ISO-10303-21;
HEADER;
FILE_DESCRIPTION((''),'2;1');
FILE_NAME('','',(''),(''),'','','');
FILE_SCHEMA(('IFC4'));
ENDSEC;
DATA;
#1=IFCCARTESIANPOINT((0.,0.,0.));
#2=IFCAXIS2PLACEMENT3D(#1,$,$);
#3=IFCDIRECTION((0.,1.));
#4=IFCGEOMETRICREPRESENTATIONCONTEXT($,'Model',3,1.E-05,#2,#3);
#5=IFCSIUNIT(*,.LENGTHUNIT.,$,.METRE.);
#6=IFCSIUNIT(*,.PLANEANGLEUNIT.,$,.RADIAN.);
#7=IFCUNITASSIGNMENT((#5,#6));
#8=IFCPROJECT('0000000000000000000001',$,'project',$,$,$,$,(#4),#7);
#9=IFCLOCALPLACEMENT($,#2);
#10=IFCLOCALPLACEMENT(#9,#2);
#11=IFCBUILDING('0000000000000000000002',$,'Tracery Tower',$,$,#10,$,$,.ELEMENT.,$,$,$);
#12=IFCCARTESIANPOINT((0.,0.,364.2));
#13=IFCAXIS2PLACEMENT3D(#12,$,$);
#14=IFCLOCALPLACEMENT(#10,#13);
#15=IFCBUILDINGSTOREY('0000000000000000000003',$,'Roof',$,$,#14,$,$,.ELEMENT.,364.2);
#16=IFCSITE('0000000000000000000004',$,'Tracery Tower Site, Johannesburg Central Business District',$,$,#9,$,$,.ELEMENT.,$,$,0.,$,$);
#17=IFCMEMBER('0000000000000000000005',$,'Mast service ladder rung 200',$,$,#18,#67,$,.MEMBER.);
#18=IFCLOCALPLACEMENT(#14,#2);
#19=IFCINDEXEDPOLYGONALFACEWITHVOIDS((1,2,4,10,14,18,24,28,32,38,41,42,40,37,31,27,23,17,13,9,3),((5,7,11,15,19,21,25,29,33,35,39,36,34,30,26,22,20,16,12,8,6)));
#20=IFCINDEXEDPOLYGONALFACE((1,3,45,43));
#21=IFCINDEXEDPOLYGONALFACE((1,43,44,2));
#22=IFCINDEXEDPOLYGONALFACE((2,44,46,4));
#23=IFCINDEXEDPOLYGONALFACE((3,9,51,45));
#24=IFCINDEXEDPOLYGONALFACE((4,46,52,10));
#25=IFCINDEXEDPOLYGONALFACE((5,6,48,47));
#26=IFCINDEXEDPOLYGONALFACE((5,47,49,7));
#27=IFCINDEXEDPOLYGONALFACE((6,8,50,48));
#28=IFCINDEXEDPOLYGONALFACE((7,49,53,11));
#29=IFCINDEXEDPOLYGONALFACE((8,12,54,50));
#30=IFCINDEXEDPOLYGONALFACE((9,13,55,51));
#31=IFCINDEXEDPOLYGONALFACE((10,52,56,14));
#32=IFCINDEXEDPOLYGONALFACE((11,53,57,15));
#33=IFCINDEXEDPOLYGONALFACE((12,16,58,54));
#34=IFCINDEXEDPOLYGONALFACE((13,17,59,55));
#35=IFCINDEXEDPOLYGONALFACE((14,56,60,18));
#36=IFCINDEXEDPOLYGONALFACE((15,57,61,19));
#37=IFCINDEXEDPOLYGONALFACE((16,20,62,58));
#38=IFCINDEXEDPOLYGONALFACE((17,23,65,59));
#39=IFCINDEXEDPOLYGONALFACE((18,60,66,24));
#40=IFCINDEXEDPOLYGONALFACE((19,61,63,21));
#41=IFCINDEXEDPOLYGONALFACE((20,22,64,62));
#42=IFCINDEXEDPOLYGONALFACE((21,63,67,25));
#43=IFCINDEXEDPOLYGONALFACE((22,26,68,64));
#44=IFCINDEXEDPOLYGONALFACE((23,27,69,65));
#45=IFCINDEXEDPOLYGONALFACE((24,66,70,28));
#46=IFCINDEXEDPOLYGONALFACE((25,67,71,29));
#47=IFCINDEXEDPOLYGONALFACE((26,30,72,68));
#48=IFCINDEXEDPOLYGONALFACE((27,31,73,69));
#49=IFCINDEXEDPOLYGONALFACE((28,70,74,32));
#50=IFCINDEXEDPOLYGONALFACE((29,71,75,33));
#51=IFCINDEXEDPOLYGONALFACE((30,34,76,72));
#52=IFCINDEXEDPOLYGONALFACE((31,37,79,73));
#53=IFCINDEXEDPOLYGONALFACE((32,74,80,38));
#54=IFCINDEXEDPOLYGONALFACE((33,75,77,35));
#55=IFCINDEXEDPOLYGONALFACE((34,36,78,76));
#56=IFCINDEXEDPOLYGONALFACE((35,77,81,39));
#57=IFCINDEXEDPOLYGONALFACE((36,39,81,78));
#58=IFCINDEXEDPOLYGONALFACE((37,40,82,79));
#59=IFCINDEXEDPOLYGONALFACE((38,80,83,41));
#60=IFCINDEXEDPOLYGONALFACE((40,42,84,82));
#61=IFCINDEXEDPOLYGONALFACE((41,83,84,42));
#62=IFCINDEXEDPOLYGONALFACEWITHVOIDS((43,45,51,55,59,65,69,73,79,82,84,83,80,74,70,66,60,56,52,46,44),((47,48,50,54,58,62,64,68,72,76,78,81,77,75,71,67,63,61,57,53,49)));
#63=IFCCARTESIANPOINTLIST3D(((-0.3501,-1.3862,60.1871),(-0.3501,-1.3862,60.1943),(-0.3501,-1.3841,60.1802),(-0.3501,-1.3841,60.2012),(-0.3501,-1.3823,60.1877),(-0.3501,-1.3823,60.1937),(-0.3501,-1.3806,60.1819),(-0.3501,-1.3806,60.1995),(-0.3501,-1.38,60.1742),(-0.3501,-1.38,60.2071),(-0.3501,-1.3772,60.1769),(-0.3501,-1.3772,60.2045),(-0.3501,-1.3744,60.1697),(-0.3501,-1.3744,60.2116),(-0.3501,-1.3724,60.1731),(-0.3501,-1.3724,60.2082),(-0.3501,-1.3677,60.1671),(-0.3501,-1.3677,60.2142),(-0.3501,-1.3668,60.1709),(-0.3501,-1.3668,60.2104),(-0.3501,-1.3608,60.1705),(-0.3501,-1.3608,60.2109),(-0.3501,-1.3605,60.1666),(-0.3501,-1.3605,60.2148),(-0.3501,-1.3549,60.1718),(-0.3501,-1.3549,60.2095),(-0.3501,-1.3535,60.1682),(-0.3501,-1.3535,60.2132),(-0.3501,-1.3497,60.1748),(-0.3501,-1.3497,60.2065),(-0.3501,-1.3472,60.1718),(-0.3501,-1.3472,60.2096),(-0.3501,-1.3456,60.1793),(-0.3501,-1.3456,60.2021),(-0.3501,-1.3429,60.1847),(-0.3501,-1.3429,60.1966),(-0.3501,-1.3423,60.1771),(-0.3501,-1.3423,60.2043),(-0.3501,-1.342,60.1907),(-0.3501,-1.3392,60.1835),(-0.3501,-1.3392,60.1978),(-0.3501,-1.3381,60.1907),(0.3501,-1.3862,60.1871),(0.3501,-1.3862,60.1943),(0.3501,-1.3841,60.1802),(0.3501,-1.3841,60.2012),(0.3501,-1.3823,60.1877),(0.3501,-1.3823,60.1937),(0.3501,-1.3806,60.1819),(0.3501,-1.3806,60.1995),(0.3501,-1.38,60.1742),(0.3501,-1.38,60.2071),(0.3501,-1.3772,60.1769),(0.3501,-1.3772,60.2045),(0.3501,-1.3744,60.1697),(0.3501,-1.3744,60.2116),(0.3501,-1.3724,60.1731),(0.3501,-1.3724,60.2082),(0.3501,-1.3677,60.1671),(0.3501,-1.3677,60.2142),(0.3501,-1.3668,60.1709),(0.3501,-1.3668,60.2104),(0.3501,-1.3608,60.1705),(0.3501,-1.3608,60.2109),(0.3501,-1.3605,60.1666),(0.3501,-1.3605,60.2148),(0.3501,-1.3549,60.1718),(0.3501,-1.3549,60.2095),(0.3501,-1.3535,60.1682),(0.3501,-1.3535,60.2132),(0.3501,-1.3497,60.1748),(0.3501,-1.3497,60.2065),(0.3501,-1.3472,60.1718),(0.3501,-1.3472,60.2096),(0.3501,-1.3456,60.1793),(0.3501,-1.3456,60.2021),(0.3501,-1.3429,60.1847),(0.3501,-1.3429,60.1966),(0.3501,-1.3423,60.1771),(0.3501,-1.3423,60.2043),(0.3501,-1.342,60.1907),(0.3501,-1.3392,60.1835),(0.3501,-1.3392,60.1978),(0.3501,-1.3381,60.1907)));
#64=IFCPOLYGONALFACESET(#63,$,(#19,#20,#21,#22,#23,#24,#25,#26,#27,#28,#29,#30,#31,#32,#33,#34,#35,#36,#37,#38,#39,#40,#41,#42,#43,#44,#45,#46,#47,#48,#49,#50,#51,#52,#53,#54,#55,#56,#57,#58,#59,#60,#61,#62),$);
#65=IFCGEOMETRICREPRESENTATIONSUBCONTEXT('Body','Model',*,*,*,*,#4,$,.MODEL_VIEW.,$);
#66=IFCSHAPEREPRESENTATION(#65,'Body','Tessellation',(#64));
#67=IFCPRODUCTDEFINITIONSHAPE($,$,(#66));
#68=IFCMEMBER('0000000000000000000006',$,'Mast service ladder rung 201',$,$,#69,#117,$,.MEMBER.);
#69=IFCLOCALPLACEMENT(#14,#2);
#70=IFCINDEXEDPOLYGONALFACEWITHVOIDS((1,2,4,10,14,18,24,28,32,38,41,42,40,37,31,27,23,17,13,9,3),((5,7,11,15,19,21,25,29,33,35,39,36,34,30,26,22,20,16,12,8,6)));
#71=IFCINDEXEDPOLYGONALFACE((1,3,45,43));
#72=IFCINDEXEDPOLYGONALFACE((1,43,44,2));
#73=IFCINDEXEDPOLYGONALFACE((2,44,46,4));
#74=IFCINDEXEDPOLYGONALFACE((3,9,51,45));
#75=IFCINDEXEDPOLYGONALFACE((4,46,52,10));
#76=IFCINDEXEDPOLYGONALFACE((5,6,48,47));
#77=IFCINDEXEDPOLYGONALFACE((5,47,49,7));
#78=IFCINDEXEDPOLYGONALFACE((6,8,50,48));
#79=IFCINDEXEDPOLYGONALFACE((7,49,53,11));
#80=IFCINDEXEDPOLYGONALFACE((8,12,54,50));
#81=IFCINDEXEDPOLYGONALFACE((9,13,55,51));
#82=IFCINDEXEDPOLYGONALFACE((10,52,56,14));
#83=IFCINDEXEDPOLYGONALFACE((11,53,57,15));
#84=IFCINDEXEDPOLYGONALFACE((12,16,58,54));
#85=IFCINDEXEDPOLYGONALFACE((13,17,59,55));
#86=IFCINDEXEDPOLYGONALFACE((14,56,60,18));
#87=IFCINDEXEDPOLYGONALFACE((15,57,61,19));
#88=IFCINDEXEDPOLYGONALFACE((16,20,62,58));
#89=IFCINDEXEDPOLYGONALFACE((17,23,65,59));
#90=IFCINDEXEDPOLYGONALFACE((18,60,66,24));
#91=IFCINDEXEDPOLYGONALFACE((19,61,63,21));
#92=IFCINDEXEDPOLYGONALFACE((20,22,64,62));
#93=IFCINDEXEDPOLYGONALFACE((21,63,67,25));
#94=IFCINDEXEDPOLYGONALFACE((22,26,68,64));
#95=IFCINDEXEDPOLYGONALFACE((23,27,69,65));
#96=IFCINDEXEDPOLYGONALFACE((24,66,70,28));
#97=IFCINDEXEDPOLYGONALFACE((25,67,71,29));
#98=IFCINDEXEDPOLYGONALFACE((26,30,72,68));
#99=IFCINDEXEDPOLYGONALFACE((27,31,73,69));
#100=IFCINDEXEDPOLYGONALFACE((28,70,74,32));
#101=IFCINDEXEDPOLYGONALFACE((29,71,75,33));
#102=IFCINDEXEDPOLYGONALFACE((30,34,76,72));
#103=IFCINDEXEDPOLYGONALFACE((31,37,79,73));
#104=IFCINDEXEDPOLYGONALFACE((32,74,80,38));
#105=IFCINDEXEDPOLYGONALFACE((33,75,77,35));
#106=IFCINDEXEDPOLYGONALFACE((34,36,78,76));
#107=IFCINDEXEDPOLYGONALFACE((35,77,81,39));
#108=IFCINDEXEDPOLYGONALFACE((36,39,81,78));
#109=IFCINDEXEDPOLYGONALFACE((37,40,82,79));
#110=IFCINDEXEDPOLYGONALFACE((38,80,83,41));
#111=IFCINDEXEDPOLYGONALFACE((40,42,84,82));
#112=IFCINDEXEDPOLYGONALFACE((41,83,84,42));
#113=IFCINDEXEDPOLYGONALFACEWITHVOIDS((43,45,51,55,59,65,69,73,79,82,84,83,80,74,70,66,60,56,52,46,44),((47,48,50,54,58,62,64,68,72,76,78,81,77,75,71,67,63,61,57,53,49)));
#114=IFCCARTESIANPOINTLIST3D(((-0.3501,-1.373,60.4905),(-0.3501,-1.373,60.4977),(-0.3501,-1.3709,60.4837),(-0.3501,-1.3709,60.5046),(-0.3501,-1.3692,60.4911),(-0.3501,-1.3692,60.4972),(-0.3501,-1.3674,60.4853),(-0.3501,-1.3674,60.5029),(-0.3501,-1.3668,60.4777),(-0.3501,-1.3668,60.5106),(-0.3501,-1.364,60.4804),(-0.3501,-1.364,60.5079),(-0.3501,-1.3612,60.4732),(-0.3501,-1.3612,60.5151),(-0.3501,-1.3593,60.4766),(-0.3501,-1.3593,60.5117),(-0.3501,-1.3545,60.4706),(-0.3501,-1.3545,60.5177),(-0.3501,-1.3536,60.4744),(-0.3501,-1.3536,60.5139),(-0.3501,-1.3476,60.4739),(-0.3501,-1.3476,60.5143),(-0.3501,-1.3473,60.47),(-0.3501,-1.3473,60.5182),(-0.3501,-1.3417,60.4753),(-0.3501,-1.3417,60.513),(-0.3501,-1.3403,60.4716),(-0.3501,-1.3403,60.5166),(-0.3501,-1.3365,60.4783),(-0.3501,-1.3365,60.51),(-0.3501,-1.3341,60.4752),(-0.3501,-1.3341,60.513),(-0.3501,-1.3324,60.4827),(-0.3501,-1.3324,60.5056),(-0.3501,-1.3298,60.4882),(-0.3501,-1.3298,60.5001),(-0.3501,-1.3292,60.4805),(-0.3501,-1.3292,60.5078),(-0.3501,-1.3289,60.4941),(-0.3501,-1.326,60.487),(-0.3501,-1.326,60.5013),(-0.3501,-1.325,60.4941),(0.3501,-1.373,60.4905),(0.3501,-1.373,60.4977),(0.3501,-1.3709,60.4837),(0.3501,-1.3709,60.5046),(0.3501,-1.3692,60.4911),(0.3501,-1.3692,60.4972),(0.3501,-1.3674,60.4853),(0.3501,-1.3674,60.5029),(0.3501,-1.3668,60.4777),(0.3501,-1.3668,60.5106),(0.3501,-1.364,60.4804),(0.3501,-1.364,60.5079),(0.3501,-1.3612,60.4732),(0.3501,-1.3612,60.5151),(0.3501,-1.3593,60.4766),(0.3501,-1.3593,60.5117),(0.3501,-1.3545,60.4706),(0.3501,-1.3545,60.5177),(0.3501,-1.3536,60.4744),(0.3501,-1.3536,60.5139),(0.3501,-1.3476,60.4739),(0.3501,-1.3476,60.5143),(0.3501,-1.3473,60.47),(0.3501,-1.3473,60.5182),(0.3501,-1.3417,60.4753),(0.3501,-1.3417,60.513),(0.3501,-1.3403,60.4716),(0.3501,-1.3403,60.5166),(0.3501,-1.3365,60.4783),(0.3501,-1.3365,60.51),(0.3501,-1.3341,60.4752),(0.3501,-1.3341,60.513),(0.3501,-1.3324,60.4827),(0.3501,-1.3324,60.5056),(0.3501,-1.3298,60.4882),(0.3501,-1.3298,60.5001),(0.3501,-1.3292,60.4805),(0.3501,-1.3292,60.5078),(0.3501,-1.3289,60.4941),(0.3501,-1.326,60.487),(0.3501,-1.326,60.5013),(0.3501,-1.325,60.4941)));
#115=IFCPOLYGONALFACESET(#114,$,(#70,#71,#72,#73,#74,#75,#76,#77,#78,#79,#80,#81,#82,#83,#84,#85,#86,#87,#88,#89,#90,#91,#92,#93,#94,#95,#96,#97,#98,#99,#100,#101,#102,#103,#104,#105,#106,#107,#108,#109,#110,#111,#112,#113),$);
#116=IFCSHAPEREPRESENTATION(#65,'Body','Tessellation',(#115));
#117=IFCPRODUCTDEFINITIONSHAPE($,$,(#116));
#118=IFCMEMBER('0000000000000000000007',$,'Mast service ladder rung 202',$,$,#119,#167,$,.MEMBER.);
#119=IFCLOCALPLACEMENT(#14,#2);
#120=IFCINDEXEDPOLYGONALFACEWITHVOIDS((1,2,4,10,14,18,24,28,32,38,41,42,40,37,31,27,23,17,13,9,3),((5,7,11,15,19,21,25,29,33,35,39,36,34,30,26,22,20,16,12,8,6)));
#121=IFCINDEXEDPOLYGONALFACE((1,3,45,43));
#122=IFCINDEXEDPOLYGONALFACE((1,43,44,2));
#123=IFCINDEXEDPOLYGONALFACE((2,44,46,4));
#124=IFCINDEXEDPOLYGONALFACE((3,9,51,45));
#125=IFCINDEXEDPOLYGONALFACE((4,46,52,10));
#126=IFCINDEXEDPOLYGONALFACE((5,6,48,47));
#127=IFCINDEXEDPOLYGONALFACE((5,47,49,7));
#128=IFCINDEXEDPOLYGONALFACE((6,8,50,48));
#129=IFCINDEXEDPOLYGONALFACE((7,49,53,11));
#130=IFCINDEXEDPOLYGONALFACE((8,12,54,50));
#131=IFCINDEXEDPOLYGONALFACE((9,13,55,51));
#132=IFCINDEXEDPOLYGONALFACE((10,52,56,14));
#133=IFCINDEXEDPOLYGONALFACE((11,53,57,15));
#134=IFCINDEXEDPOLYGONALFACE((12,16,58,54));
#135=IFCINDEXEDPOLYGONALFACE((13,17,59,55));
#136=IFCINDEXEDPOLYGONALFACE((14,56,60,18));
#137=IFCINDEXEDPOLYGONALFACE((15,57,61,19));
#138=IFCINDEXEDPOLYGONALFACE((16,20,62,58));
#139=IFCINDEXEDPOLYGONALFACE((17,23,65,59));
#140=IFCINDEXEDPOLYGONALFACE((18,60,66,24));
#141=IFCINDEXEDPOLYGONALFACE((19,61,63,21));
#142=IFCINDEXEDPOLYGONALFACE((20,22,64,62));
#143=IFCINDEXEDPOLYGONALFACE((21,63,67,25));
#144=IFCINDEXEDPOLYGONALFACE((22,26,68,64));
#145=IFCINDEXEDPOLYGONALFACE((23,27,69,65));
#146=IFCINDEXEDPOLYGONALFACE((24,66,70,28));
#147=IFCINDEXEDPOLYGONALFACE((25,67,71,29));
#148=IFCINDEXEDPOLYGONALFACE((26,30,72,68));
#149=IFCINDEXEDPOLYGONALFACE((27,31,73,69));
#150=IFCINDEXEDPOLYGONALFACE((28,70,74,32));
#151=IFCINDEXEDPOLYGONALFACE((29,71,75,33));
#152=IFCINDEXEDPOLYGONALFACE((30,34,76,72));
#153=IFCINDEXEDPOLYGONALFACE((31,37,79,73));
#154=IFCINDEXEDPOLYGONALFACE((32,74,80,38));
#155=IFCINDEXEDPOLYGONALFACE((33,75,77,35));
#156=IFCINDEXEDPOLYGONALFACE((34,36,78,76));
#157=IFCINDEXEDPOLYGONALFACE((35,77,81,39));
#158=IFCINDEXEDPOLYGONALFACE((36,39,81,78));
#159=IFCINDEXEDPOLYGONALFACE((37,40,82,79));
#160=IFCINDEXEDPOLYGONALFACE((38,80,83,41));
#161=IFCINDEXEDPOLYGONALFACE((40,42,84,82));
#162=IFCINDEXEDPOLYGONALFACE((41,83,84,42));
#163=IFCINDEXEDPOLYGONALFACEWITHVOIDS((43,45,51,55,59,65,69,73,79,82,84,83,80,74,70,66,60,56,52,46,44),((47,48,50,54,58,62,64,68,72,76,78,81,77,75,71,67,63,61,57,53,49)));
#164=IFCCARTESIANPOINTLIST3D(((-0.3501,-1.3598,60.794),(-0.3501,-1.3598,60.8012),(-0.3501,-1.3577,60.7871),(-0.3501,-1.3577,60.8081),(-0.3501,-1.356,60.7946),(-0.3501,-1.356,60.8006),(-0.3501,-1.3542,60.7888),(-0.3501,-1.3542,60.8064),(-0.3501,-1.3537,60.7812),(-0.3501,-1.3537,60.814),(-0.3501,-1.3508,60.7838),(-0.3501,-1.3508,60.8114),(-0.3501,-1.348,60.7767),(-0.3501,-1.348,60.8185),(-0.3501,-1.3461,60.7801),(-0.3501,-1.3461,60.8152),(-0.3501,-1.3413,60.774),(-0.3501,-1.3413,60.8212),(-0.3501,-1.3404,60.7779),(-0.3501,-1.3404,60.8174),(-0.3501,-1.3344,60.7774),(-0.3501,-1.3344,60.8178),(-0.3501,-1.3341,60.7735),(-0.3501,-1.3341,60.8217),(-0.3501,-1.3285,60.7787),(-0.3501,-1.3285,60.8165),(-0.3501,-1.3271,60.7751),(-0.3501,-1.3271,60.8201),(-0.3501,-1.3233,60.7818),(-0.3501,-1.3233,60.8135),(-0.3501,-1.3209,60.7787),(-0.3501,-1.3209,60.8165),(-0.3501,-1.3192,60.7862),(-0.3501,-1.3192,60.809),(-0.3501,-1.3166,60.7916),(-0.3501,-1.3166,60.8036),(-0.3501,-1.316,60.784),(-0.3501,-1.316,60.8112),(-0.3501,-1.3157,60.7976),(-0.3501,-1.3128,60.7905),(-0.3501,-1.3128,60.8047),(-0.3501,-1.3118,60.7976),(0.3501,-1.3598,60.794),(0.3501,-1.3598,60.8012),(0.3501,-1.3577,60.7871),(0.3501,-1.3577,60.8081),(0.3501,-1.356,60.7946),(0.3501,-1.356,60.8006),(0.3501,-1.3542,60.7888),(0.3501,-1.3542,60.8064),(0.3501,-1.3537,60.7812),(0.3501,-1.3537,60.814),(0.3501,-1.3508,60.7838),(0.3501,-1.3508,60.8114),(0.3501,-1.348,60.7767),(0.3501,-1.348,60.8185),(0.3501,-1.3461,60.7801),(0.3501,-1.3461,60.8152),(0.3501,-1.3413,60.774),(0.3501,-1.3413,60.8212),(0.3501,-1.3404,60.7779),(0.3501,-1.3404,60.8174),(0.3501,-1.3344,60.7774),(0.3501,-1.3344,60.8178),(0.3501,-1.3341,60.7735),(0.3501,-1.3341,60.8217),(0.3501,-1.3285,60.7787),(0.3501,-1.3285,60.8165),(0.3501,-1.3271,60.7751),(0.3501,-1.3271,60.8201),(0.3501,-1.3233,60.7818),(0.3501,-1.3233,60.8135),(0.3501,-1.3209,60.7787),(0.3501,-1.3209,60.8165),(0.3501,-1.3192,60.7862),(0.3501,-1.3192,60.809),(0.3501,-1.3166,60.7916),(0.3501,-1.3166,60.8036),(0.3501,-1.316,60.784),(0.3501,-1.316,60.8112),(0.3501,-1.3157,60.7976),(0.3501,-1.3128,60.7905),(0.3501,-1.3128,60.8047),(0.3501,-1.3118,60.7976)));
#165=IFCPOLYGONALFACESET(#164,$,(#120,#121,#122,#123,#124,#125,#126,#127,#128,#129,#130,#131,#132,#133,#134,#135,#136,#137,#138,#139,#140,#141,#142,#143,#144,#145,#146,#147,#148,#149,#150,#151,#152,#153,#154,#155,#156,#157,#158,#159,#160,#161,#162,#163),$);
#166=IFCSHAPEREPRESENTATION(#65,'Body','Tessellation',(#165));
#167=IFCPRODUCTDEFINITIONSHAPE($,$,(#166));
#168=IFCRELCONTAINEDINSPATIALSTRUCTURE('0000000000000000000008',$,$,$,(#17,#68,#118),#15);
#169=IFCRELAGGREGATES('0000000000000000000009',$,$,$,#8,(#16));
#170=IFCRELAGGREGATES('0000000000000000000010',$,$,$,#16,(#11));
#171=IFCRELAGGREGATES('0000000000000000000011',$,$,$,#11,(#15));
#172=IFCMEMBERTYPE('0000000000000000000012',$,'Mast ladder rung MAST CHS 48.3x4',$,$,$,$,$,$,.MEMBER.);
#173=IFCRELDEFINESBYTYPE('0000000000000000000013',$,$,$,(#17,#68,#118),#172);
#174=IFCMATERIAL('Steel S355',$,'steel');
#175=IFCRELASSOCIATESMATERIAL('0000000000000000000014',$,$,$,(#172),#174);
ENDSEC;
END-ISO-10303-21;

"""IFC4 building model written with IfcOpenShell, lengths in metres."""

from ifc_helpers import new_model, si_unit, direction, frame, origin, origin_2d, place, context, subcontext, project, spatial, hollow_circle, extrude, material, material_profile, profile_set, type_object, element, save


model = new_model("IFC4")

# Units and contexts
model_context = context("Model", 3, precision=1e-05, world=origin(), true_north=direction((0.0, 1.0)))
body_context = subcontext(model_context, "Body", "Model", "MODEL_VIEW")
ifc_project = project(units=[si_unit("LENGTHUNIT", "METRE"), si_unit("PLANEANGLEUNIT", "RADIAN")], contexts=[model_context])

# Site, building, storey
site_placement = place(None, origin())
site = spatial("IfcSite", under=ifc_project, at=site_placement, Name="Tracery Tower Site, Johannesburg Central Business District", CompositionType="ELEMENT", RefElevation=0.0)
building_placement = place(site_placement, origin())
building = spatial("IfcBuilding", under=site, at=building_placement, Name="Tracery Tower", CompositionType="ELEMENT")
storey_placement = place(building_placement, frame((0.0, 0.0, 364.2)))
storey = spatial("IfcBuildingStorey", under=building, at=storey_placement, Name="Roof", CompositionType="ELEMENT", Elevation=364.2)

# Members
ifc_material_1 = material(Name="Steel S355", Category="steel")
ifc_material_profile_1 = material_profile(ifc_material_1, hollow_circle(Radius=0.0242, WallThickness=0.0039, at=origin_2d()), Name="CHS 48.3x4")
ifc_profile_set_1 = profile_set([ifc_material_profile_1], Name="Steel S355")
member_type_1 = type_object("IfcMemberType", Name="Mast ladder rung MAST CHS 48.3x4", PredefinedType="MEMBER", material=ifc_profile_set_1)
for number, where, z_axis, x_axis, name in (
    (1, (-0.3501, -1.3623, 60.1907), (1.0, 0.0, 0.0), (0.0, 1.0, 0.0), "Mast service ladder rung 200"),
    (2, (-0.3501, -1.3491, 60.4941), (1.0, 0.0, 0.0), (0.0, 1.0, 0.0), "Mast service ladder rung 201"),
    (3, (-0.3501, -1.3359, 60.7976), (1.0, 0.0, 0.0), (0.0, 1.0, 0.0), "Mast service ladder rung 202"),
):
    element("IfcMember", number, at=place(storey_placement, frame(where, z_axis=z_axis, x_axis=x_axis)), inside=storey, type_object=member_type_1, Name=name, PredefinedType="MEMBER", context=body_context, shape_type="SweptSolid", body=[
        extrude(hollow_circle(Radius=0.0242, WallThickness=0.0039, at=origin_2d()), origin(), (0.0, 0.0, 1.0), 0.7002),
    ])

save(model, "model.ifc")
